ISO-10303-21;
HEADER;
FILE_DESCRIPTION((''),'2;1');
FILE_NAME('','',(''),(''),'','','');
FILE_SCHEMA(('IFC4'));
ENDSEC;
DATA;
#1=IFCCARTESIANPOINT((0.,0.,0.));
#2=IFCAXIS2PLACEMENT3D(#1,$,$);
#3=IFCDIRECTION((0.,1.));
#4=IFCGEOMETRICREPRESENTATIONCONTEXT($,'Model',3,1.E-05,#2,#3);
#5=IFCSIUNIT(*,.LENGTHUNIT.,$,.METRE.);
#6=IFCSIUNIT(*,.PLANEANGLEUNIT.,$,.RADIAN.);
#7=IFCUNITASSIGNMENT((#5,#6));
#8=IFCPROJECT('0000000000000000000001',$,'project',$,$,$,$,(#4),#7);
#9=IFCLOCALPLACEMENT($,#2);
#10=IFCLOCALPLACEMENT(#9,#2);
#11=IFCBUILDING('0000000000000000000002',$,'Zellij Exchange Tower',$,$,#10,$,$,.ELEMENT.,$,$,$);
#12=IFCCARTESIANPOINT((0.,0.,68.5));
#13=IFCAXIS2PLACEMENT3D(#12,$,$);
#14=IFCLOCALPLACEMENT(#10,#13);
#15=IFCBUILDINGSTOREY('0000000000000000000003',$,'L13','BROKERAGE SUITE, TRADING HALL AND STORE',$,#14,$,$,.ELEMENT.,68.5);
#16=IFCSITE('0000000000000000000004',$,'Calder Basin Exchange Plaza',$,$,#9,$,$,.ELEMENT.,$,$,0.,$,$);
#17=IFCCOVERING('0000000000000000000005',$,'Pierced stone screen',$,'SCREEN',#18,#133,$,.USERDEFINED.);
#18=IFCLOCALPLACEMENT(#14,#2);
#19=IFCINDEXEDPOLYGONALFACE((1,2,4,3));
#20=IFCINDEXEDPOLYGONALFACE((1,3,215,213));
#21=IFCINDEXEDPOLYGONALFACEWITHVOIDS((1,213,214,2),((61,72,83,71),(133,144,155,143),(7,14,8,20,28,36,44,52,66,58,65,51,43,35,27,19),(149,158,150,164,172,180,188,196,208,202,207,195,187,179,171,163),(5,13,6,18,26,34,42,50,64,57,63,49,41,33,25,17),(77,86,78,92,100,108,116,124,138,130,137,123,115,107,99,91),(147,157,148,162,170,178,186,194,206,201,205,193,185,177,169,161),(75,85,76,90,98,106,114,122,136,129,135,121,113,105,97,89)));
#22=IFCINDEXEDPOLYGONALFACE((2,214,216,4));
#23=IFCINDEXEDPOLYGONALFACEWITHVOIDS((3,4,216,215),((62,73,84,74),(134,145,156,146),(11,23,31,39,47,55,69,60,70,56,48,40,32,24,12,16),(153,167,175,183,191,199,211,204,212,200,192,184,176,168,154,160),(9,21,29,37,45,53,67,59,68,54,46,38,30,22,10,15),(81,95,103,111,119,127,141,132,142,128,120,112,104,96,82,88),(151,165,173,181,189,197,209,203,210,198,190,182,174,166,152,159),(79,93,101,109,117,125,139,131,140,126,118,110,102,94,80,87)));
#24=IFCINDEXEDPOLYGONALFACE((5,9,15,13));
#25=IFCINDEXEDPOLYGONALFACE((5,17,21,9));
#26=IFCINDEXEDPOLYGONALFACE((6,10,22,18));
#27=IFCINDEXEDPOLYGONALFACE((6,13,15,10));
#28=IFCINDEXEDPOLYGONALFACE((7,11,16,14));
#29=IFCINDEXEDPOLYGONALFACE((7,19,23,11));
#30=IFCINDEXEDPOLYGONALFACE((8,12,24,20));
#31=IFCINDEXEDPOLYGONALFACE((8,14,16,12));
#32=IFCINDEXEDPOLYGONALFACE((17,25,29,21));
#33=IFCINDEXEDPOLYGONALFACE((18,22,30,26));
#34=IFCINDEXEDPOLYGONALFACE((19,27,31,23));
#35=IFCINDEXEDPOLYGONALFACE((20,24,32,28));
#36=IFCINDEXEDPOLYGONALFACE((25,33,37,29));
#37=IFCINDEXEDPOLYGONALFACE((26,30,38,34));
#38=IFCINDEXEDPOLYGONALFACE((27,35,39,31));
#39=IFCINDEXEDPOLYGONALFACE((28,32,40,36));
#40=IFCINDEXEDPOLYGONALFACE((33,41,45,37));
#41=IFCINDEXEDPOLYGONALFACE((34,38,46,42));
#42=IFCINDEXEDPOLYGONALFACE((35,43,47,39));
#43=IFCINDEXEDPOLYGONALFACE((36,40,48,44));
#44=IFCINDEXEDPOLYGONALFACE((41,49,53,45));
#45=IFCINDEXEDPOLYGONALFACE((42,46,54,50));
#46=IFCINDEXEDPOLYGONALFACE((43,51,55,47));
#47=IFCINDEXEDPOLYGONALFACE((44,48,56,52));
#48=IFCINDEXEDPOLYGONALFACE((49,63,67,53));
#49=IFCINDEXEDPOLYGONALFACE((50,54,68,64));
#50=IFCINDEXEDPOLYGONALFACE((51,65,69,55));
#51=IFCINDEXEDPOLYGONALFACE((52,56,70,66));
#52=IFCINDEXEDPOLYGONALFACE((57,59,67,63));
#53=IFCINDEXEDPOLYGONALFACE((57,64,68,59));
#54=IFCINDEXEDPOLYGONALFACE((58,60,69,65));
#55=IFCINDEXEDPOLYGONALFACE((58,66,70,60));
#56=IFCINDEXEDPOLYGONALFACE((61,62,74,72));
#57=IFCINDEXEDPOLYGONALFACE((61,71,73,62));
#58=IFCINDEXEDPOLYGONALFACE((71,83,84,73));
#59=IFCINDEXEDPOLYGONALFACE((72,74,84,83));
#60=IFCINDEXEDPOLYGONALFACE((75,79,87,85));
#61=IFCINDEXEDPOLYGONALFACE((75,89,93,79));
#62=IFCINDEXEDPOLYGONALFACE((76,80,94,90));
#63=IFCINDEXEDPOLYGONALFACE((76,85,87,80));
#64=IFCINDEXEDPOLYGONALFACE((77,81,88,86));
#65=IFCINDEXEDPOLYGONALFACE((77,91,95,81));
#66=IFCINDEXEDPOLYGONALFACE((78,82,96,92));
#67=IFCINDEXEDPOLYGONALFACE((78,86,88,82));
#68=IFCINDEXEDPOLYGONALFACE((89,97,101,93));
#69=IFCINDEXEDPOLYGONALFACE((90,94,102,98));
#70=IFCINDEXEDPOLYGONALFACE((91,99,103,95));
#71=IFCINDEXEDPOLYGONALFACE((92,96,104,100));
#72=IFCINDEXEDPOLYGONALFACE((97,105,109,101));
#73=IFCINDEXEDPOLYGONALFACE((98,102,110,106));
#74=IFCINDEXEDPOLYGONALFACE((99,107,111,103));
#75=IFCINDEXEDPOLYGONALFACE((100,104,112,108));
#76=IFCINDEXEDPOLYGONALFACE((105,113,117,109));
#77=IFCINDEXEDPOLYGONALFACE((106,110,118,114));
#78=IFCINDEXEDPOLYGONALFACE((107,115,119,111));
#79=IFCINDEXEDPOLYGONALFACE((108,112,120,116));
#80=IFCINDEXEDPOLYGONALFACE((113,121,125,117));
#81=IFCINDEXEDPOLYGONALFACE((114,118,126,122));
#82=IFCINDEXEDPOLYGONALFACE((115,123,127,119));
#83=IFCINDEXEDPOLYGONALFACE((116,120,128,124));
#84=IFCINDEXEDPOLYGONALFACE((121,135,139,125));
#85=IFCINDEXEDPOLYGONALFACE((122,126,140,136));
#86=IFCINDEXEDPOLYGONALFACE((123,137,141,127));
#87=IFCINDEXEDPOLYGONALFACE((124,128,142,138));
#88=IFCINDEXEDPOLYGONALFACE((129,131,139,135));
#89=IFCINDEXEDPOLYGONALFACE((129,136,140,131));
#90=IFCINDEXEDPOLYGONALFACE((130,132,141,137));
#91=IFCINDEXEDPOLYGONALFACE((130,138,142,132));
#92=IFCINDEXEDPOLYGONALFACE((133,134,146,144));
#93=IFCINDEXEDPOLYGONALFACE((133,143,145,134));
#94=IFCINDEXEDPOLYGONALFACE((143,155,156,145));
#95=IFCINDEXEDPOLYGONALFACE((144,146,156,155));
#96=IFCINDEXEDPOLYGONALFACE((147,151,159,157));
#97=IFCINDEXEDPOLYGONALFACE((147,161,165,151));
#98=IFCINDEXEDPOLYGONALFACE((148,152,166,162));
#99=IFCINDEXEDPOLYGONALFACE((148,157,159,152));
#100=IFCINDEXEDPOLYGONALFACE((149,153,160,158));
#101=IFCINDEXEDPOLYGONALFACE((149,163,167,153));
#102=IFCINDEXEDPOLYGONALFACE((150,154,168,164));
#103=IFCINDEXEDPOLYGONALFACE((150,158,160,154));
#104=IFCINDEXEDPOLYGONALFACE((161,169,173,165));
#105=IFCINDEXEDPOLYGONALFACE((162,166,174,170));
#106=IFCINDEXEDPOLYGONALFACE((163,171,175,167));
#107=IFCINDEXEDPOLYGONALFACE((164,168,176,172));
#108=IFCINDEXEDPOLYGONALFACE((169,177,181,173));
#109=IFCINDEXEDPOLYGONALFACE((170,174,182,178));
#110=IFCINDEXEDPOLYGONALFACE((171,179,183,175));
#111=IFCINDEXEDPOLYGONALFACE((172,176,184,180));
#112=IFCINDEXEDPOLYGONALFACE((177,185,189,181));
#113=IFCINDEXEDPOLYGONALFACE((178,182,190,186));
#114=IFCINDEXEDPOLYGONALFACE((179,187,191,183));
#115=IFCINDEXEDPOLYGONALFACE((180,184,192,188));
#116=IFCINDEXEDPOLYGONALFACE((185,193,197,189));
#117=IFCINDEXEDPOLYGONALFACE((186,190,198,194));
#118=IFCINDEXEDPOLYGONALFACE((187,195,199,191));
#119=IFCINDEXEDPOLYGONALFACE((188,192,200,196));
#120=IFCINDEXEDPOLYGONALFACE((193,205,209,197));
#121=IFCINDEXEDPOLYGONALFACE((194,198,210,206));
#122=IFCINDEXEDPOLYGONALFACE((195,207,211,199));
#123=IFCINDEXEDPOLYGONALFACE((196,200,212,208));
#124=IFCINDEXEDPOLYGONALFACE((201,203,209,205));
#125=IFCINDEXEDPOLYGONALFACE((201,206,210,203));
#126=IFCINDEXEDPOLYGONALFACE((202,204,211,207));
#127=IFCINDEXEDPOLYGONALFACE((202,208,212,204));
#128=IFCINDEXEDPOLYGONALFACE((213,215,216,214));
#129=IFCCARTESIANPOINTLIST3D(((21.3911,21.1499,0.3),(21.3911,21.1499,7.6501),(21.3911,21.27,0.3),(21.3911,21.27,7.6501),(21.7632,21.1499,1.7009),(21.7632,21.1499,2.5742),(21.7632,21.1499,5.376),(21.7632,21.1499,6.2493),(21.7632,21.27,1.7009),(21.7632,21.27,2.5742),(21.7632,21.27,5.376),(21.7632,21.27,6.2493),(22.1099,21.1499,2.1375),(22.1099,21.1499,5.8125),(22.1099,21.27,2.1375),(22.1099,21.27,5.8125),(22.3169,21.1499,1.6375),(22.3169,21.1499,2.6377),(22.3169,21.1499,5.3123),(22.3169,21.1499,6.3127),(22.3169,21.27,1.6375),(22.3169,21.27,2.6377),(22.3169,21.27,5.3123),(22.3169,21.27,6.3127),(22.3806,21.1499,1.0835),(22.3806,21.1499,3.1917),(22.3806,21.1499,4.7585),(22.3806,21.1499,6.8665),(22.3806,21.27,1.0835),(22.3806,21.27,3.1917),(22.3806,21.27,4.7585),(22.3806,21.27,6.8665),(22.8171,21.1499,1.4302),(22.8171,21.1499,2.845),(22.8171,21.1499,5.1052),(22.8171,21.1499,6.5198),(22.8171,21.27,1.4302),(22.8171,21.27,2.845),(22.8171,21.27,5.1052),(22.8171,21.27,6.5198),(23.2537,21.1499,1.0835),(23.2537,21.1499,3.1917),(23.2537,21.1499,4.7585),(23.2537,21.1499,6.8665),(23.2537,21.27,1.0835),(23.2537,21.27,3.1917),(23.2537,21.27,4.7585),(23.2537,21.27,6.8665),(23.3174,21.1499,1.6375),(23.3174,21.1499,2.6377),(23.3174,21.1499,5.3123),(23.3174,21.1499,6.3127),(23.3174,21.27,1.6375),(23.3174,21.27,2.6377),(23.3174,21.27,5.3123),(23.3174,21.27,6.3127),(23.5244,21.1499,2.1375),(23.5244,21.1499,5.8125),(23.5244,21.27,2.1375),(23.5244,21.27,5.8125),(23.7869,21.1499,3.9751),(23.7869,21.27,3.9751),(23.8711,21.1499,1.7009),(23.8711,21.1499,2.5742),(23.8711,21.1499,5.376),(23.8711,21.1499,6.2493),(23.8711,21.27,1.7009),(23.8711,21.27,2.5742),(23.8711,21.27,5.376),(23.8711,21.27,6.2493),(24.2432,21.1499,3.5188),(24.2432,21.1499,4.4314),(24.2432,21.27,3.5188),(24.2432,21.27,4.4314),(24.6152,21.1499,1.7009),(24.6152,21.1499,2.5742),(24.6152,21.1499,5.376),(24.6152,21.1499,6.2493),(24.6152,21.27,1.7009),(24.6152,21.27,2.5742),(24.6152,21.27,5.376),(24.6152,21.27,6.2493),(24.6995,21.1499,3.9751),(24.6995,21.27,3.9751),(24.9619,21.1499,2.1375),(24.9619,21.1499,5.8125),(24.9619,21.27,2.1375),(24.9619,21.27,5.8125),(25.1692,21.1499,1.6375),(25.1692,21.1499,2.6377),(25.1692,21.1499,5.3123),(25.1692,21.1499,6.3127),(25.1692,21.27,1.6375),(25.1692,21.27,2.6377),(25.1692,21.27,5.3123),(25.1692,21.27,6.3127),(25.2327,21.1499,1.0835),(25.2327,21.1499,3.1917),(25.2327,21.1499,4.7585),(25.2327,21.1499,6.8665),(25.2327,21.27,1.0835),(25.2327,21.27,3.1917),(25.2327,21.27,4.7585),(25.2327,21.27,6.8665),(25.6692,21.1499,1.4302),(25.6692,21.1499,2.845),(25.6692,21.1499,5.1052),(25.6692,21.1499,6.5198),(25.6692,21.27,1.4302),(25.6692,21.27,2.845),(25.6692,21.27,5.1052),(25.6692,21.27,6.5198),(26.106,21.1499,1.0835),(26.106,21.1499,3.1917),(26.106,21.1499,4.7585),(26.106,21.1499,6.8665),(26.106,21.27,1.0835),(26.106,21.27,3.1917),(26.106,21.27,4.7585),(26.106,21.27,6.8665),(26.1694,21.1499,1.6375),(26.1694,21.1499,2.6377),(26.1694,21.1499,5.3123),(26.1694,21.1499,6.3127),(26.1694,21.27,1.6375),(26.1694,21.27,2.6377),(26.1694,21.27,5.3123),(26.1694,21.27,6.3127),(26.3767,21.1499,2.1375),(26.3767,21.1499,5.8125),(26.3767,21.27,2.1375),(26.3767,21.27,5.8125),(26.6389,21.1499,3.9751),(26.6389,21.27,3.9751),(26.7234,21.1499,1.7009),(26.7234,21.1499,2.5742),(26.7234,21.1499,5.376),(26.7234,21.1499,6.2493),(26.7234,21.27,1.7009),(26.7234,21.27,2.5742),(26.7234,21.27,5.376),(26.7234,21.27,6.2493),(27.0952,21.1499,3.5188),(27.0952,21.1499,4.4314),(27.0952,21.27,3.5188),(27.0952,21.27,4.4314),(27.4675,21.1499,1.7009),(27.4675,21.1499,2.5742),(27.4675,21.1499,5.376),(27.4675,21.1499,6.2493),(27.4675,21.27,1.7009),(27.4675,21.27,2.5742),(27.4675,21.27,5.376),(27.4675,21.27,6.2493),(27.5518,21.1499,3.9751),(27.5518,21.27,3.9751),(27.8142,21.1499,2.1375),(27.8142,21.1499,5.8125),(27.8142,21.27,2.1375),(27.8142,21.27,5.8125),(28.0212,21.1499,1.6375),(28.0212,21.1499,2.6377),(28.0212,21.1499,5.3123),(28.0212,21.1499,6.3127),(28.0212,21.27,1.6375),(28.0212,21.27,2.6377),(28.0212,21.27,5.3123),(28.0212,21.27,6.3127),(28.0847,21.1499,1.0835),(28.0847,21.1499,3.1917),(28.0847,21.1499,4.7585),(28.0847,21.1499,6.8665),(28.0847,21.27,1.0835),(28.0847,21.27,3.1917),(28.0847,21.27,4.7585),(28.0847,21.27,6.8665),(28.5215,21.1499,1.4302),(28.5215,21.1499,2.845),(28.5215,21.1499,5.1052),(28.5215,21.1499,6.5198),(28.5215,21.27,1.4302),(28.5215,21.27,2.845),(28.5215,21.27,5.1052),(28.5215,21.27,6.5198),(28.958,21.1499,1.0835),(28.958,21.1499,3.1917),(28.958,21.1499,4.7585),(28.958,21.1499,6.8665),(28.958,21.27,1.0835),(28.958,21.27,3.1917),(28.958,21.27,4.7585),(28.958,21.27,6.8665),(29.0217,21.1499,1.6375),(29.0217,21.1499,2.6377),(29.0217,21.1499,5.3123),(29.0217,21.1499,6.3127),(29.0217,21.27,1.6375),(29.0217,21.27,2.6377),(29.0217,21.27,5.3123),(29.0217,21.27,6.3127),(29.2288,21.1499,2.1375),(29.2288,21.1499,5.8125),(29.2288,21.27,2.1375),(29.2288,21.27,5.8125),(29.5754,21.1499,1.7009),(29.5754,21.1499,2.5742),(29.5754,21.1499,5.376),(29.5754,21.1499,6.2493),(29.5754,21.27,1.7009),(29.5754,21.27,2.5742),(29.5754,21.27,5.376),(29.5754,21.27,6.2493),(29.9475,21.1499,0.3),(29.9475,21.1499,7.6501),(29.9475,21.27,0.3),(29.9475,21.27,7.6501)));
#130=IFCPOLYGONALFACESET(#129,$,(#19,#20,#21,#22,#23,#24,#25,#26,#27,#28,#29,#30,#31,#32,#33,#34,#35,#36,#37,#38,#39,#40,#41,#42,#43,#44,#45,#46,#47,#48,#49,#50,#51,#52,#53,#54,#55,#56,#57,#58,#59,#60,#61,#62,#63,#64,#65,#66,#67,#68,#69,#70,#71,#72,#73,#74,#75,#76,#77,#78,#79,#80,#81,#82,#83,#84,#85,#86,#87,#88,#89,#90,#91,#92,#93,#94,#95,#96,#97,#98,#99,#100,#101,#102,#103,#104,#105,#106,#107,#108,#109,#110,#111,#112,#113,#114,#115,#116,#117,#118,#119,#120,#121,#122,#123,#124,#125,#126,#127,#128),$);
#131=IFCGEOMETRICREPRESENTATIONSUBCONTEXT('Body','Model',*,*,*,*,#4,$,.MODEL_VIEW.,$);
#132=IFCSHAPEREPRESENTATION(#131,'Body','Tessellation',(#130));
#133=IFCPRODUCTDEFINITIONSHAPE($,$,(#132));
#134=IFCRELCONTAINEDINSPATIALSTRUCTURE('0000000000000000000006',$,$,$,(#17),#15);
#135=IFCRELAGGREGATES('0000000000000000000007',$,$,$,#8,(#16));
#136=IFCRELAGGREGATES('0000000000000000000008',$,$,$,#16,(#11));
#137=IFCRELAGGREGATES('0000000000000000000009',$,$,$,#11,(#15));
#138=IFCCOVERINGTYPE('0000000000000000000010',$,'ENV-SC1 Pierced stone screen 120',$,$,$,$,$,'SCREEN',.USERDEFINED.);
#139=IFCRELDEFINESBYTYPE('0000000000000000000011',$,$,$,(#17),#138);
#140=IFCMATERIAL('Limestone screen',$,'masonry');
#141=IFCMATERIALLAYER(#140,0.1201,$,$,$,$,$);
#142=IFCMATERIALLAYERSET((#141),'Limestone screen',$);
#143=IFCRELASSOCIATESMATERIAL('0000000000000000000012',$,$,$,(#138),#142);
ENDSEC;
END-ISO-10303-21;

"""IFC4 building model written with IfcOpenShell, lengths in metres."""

from ifc_helpers import new_model, si_unit, direction, frame, origin, place, context, subcontext, project, spatial, polyline, outline, extrude, material, layer, layer_set, type_object, element, save


model = new_model("IFC4")

# Units and contexts
model_context = context("Model", 3, precision=1e-05, world=origin(), true_north=direction((0.0, 1.0)))
body_context = subcontext(model_context, "Body", "Model", "MODEL_VIEW")
ifc_project = project(units=[si_unit("LENGTHUNIT", "METRE"), si_unit("PLANEANGLEUNIT", "RADIAN")], contexts=[model_context])

# Site, building, storey
site_placement = place(None, origin())
site = spatial("IfcSite", under=ifc_project, at=site_placement, Name="Calder Basin Exchange Plaza", CompositionType="ELEMENT", RefElevation=0.0)
building_placement = place(site_placement, origin())
building = spatial("IfcBuilding", under=site, at=building_placement, Name="Zellij Exchange Tower", CompositionType="ELEMENT")
storey_placement = place(building_placement, frame((0.0, 0.0, 68.5)))
storey = spatial("IfcBuildingStorey", under=building, at=storey_placement, Name="L13", Description="BROKERAGE SUITE, TRADING HALL AND STORE", CompositionType="ELEMENT", Elevation=68.5)

# Covering
ifc_material_1 = material(Name="Limestone screen", Category="masonry")
ifc_layer_1 = layer(ifc_material_1, 0.1201)
ifc_layer_set_1 = layer_set([ifc_layer_1], Name="Limestone screen")
covering_type = type_object("IfcCoveringType", Name="ENV-SC1 Pierced stone screen 120", ElementType="SCREEN", PredefinedType="USERDEFINED", material=ifc_layer_set_1)
covering_1_placement = place(storey_placement, frame((29.9475, 21.21, 0.3), z_axis=(0.0, 0.0, 1.0), x_axis=(-1.0, 0.0, 0.0)))
element("IfcCovering", 1, at=covering_1_placement, inside=storey, type_object=covering_type, Name="Pierced stone screen", ObjectType="SCREEN", PredefinedType="USERDEFINED", context=body_context, shape_type="SweptSolid", body=[
    extrude(outline(polyline([(0.0, 0.0), (8.5564, 0.0), (8.5564, 7.3501), (0.0, 7.3501), (0.0, 0.0)]), holes=[polyline([(2.48, 2.2742), (1.9263, 2.3376), (1.8628, 2.8916), (1.426, 2.5449), (0.9895, 2.8916), (0.9258, 2.3376), (0.3721, 2.2742), (0.7188, 1.8374), (0.3721, 1.4009), (0.9258, 1.3374), (0.9895, 0.7834), (1.426, 1.1301), (1.8628, 0.7834), (1.9263, 1.3374), (2.48, 1.4009), (2.1333, 1.8374), (2.48, 2.2742)]), polyline([(2.48, 5.9492), (1.9263, 6.0127), (1.8628, 6.5664), (1.426, 6.2197), (0.9895, 6.5664), (0.9258, 6.0127), (0.3721, 5.9492), (0.7188, 5.5125), (0.3721, 5.0759), (0.9258, 5.0122), (0.9895, 4.4585), (1.426, 4.8052), (1.8628, 4.4585), (1.9263, 5.0122), (2.48, 5.0759), (2.1333, 5.5125), (2.48, 5.9492)]), polyline([(5.3323, 2.2742), (4.7783, 2.3376), (4.7148, 2.8916), (4.2783, 2.5449), (3.8416, 2.8916), (3.7781, 2.3376), (3.2241, 2.2742), (3.5708, 1.8374), (3.2241, 1.4009), (3.7781, 1.3374), (3.8416, 0.7834), (4.2783, 1.1301), (4.7148, 0.7834), (4.7783, 1.3374), (5.3323, 1.4009), (4.9856, 1.8374), (5.3323, 2.2742)]), polyline([(5.3323, 5.9492), (4.7783, 6.0127), (4.7148, 6.5664), (4.2783, 6.2197), (3.8416, 6.5664), (3.7781, 6.0127), (3.2241, 5.9492), (3.5708, 5.5125), (3.2241, 5.0759), (3.7781, 5.0122), (3.8416, 4.4585), (4.2783, 4.8052), (4.7148, 4.4585), (4.7783, 5.0122), (5.3323, 5.0759), (4.9856, 5.5125), (5.3323, 5.9492)]), polyline([(8.1843, 2.2742), (7.6306, 2.3376), (7.5669, 2.8916), (7.1304, 2.5449), (6.6938, 2.8916), (6.6301, 2.3376), (6.0764, 2.2742), (6.4231, 1.8374), (6.0764, 1.4009), (6.6301, 1.3374), (6.6938, 0.7834), (7.1304, 1.1301), (7.5669, 0.7834), (7.6306, 1.3374), (8.1843, 1.4009), (7.8376, 1.8374), (8.1843, 2.2742)]), polyline([(8.1843, 5.9492), (7.6306, 6.0127), (7.5669, 6.5664), (7.1304, 6.2197), (6.6938, 6.5664), (6.6301, 6.0127), (6.0764, 5.9492), (6.4231, 5.5125), (6.0764, 5.0759), (6.6301, 5.0122), (6.6938, 4.4585), (7.1304, 4.8052), (7.5669, 4.4585), (7.6306, 5.0122), (8.1843, 5.0759), (7.8376, 5.5125), (8.1843, 5.9492)]), polyline([(3.3086, 3.675), (2.8523, 4.1313), (2.3958, 3.675), (2.8523, 3.2188), (3.3086, 3.675)]), polyline([(6.1606, 3.675), (5.7043, 4.1313), (5.248, 3.675), (5.7043, 3.2188), (6.1606, 3.675)])]), frame((0.0, 0.0601, 0.0), z_axis=(0.0, -1.0, 0.0), x_axis=(1.0, 0.0, 0.0)), (0.0, 0.0, 1.0), 0.1201),
])

save(model, "model.ifc")
